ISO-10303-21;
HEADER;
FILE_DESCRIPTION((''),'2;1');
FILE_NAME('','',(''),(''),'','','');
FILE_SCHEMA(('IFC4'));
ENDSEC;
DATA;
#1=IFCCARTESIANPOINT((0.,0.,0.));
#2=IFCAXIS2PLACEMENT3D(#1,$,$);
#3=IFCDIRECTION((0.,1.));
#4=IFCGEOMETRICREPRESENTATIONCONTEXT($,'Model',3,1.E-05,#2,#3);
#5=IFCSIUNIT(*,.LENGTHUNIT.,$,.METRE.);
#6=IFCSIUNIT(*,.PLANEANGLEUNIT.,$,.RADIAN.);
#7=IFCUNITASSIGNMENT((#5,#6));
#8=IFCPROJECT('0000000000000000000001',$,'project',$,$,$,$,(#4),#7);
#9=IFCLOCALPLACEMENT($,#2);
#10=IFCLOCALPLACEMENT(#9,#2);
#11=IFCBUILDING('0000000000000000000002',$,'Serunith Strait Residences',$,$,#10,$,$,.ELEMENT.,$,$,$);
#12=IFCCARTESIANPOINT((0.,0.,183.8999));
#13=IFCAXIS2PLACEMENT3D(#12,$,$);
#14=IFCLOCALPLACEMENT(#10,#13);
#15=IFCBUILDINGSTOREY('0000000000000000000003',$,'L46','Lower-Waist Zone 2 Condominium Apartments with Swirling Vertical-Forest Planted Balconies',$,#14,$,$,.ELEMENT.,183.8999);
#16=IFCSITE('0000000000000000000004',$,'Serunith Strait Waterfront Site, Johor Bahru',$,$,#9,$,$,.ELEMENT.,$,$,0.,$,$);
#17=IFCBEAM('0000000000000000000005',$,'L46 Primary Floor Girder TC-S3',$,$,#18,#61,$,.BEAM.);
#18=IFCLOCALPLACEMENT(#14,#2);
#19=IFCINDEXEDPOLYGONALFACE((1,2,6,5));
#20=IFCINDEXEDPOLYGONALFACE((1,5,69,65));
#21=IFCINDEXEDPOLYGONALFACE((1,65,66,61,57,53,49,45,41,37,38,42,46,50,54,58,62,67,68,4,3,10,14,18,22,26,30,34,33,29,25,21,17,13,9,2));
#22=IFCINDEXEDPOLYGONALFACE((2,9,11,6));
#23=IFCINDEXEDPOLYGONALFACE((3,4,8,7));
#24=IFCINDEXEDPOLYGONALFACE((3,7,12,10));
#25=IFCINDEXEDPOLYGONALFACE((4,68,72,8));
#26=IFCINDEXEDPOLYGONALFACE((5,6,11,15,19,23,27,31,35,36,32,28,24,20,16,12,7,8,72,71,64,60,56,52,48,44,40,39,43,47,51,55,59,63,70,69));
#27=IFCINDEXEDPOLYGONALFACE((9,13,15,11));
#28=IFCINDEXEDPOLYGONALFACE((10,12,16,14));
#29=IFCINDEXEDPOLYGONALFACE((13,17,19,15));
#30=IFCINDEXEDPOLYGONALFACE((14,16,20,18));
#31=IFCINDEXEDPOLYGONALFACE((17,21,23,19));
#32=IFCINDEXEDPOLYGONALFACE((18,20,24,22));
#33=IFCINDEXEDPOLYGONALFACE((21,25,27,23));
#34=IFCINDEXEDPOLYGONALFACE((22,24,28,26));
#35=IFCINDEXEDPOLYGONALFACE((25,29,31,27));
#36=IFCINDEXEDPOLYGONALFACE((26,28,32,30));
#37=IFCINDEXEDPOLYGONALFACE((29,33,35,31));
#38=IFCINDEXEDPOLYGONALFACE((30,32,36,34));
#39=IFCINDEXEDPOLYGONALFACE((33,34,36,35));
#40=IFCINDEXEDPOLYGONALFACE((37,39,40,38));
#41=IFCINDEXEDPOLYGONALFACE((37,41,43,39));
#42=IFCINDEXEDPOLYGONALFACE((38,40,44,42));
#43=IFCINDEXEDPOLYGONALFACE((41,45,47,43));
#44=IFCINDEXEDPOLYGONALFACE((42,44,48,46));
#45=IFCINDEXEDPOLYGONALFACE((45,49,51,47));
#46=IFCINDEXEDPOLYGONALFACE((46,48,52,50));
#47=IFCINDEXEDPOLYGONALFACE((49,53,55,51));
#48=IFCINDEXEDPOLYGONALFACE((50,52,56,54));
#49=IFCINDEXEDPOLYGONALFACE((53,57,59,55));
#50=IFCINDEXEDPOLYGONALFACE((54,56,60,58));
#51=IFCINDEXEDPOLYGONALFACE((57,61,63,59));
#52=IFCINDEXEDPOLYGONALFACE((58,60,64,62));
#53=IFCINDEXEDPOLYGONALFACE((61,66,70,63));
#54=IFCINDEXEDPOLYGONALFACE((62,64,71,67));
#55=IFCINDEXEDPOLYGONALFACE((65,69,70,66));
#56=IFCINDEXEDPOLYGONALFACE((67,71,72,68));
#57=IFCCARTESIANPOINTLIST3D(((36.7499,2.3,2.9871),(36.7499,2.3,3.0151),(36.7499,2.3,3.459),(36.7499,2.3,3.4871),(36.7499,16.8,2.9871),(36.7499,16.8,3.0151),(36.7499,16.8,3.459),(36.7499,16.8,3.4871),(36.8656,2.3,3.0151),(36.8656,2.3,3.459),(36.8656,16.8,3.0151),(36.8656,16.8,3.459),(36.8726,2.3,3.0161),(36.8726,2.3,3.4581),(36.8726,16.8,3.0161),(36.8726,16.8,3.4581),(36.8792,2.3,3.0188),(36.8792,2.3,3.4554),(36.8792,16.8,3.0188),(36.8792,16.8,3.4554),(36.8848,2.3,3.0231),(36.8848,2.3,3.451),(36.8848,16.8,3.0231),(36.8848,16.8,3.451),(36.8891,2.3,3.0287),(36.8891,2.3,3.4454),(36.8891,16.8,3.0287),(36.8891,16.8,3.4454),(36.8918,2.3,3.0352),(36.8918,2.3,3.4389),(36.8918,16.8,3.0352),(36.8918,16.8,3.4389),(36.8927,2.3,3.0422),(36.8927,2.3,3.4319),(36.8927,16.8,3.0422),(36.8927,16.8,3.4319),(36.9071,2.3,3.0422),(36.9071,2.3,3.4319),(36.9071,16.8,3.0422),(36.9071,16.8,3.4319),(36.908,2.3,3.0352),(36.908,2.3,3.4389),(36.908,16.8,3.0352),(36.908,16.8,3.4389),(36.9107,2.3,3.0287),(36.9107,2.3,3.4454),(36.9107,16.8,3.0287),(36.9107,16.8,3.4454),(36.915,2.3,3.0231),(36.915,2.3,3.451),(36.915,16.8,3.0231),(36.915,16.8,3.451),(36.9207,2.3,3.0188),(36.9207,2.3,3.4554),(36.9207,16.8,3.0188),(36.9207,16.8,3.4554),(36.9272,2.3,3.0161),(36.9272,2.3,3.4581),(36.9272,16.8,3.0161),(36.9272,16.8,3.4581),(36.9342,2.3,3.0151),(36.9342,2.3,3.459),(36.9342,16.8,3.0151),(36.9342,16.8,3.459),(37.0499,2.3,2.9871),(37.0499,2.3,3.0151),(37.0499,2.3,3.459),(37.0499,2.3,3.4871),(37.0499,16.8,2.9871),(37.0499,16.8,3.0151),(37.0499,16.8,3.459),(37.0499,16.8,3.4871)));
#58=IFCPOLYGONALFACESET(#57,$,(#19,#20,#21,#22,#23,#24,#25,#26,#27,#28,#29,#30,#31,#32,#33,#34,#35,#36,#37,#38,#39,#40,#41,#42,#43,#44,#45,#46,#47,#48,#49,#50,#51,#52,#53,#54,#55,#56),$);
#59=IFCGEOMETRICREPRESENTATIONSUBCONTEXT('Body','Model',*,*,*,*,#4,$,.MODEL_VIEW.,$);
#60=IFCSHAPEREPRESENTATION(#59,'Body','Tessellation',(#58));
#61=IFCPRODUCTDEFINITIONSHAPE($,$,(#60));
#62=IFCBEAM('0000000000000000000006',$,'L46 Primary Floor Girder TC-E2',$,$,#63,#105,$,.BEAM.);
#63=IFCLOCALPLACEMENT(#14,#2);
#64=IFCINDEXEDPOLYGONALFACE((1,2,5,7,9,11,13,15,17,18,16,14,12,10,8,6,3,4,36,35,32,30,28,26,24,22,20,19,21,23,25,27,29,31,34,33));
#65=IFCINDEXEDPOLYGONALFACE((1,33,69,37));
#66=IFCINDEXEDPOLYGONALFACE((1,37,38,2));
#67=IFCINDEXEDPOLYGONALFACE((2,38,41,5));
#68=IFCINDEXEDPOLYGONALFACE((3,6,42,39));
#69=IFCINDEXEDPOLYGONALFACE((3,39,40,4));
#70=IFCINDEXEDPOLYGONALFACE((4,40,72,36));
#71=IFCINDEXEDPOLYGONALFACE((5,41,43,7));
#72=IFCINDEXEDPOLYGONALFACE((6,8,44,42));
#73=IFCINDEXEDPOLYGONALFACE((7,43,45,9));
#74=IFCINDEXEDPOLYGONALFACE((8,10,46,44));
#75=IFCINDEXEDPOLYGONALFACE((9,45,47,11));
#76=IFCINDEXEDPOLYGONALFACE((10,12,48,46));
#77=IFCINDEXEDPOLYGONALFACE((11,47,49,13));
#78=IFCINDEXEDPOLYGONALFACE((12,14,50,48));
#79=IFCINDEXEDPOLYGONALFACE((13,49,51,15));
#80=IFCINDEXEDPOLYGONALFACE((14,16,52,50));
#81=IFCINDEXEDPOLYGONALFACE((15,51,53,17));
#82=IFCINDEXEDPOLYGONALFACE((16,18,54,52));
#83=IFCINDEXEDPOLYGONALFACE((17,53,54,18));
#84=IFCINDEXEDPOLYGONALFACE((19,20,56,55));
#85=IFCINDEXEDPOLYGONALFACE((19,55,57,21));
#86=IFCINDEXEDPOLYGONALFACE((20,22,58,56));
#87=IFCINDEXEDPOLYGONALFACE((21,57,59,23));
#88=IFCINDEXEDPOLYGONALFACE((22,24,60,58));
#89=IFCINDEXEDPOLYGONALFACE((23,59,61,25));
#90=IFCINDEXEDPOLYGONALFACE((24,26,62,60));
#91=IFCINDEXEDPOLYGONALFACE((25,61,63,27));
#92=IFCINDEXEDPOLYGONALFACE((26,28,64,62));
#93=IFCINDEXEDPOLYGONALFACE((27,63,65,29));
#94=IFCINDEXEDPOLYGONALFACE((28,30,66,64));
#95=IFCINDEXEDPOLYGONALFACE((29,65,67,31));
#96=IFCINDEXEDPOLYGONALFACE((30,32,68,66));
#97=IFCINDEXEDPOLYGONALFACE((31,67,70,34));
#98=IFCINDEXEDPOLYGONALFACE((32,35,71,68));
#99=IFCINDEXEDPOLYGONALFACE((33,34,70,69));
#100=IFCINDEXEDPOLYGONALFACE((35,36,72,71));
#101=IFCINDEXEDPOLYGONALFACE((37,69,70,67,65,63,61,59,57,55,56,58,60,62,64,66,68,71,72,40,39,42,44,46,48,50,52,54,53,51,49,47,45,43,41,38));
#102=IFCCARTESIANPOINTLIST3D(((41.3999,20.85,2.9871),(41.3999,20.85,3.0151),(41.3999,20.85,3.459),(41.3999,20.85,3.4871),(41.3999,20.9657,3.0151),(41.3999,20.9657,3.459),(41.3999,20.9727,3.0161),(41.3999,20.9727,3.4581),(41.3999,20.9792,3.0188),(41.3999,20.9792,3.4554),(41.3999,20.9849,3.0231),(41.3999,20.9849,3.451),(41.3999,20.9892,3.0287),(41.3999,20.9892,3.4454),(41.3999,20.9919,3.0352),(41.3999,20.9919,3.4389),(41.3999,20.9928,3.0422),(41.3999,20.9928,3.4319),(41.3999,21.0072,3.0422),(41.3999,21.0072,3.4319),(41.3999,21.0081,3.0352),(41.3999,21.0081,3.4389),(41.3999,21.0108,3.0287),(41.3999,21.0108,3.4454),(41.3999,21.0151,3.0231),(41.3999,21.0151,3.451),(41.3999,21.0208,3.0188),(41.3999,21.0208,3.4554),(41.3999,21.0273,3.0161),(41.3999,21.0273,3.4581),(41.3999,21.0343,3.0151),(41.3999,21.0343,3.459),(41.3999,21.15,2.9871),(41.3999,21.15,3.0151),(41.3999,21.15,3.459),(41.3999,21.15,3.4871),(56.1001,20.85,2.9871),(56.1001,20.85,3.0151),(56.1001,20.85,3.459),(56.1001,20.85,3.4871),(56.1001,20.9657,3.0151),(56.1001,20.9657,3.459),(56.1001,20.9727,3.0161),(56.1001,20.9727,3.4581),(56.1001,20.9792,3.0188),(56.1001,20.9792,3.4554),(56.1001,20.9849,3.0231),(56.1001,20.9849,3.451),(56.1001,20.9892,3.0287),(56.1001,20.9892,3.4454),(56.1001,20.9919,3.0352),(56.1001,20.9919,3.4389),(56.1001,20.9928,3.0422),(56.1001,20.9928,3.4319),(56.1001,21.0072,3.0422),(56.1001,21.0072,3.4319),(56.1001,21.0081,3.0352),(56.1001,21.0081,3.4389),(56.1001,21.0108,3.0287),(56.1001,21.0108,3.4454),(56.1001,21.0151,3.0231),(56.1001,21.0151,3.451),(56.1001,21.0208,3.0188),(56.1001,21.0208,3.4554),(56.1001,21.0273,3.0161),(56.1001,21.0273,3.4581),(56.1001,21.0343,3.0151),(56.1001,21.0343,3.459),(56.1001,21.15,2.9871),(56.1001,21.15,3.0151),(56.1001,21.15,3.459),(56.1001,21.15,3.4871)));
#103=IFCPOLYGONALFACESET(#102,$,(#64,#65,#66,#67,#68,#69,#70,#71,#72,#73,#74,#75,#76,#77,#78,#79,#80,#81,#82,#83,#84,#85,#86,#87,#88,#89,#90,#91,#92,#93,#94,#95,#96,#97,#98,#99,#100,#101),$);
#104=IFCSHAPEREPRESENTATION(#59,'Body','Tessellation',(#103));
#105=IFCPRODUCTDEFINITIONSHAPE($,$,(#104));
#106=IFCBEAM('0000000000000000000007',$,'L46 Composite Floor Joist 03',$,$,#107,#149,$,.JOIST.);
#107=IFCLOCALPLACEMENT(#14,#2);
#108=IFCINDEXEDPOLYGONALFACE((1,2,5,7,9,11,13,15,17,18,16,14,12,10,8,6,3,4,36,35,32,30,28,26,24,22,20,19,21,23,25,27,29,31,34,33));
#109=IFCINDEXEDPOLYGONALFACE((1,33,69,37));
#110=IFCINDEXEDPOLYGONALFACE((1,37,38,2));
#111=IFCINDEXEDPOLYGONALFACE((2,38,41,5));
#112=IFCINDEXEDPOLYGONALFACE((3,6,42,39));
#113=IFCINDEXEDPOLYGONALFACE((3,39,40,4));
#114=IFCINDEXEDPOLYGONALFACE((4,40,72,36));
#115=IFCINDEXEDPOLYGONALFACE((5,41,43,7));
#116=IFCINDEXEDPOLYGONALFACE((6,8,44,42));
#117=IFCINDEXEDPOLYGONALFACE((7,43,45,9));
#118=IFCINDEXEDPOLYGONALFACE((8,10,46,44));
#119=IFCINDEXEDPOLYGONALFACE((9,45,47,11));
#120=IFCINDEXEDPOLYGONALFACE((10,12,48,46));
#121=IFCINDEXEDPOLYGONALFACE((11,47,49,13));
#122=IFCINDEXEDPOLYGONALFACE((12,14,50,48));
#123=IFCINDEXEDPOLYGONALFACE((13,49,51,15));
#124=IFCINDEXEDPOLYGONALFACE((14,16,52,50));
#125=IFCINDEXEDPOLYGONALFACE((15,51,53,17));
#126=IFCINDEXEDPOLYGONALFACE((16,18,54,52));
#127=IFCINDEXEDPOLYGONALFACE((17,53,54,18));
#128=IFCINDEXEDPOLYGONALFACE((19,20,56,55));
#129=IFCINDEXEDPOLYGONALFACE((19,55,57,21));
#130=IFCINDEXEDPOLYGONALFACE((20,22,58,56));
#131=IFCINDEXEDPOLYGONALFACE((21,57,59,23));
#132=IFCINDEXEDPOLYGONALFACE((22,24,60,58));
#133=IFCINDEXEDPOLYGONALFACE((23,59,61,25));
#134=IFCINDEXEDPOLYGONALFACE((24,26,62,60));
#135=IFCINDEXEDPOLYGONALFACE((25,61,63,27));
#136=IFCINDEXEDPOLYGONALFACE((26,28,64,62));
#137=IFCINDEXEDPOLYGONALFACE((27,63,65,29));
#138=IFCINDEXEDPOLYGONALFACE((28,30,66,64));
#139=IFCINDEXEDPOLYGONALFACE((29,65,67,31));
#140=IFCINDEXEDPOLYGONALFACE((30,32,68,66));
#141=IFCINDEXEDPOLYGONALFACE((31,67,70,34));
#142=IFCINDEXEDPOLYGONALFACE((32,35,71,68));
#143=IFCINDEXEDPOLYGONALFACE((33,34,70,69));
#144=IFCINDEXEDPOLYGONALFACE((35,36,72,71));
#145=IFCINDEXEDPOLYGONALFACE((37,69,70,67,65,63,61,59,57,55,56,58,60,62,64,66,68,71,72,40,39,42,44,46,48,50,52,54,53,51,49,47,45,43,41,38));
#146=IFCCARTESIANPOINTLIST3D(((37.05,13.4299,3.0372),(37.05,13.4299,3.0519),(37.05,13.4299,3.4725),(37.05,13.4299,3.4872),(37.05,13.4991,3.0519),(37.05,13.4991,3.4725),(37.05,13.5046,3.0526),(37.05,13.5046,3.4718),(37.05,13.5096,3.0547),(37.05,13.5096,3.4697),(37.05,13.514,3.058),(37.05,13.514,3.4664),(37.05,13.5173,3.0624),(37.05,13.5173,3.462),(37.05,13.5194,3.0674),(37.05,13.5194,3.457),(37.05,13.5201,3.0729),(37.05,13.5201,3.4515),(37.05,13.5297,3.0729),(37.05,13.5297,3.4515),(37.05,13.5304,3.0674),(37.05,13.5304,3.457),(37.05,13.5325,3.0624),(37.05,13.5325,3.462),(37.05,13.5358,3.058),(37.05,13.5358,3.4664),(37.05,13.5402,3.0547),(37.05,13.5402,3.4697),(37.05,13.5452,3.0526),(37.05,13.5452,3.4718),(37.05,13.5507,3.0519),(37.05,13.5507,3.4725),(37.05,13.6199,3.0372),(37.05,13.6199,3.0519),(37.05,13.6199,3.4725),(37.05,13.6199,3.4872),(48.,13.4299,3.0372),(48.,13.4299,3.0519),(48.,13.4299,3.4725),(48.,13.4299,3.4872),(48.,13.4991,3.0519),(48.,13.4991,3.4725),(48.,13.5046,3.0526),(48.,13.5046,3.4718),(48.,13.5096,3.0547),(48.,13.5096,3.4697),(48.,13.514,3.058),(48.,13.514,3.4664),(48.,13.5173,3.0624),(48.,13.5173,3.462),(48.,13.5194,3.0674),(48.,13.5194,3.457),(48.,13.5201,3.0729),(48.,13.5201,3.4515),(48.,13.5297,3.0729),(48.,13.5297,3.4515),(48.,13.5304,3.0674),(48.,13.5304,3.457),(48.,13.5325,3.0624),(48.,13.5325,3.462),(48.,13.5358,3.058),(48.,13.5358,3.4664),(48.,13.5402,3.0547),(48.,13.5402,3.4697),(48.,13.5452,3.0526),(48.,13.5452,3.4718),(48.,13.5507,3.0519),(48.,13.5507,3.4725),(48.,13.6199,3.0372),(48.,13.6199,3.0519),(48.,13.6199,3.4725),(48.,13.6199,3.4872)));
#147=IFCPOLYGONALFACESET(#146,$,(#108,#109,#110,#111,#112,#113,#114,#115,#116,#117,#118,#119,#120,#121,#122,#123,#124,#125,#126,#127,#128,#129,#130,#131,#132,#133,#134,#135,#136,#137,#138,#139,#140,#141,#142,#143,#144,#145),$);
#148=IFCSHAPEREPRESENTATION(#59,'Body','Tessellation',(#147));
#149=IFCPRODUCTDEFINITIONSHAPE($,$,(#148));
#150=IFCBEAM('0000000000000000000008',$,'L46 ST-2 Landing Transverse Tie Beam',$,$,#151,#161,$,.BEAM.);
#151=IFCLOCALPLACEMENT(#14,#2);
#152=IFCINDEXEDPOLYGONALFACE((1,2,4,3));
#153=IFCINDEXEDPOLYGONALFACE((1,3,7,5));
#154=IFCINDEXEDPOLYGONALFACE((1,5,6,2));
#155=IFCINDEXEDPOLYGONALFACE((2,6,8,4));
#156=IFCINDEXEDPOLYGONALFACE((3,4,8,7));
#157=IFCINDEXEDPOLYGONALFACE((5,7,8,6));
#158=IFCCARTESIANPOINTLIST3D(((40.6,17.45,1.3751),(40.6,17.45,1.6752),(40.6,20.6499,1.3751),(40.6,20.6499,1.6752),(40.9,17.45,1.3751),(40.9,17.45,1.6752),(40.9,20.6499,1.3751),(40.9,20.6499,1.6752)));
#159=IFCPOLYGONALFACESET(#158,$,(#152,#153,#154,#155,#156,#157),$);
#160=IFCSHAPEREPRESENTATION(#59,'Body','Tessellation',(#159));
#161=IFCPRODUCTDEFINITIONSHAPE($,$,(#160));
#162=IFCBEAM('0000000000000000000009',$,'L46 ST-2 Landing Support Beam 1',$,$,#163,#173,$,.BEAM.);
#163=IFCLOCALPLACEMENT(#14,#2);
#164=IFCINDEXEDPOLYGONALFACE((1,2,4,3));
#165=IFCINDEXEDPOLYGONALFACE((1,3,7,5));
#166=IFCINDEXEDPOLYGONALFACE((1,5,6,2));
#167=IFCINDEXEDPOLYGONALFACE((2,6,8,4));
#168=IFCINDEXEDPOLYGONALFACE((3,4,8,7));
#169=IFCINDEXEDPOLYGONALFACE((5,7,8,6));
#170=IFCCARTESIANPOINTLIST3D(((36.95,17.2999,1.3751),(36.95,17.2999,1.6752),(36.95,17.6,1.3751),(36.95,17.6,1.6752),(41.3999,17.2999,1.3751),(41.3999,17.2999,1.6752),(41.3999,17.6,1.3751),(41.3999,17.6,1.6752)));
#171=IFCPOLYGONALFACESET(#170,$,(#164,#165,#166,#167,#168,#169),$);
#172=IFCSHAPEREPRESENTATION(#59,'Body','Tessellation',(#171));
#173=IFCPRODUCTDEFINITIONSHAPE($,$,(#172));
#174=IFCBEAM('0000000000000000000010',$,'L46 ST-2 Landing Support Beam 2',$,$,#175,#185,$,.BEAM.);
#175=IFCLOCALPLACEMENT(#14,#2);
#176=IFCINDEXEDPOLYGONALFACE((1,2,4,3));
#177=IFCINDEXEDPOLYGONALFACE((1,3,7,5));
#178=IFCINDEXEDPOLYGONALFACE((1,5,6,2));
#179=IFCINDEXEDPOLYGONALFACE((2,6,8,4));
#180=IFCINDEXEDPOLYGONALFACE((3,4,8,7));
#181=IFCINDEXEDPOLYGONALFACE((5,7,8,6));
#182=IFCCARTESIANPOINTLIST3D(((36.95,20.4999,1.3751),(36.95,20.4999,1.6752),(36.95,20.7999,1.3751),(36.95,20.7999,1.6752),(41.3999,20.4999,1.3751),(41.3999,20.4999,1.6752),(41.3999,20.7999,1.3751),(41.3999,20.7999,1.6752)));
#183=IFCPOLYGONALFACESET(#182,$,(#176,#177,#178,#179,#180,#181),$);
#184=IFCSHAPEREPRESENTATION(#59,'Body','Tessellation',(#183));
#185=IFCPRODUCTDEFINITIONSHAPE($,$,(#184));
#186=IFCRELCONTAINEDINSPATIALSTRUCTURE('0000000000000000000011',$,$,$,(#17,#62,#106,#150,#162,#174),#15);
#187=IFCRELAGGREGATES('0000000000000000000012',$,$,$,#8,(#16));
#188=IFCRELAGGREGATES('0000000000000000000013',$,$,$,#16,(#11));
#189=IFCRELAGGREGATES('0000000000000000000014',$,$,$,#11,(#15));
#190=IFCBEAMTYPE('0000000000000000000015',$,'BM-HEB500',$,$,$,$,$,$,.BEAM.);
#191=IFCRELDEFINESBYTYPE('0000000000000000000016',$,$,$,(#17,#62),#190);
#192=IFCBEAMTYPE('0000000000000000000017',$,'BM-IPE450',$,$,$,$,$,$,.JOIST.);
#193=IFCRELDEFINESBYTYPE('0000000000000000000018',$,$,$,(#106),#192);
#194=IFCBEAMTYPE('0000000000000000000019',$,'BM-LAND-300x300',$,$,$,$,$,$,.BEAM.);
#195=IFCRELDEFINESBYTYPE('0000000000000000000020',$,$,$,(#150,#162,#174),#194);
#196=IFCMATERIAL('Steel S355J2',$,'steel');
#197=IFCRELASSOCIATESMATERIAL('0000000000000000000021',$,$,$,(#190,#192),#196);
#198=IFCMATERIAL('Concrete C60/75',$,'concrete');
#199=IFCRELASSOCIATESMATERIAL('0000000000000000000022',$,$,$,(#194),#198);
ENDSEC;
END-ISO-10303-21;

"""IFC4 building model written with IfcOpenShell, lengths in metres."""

from ifc_helpers import new_model, si_unit, direction, frame, origin, origin_2d, place, context, subcontext, project, spatial, rectangle, i_section, extrude, source, transform, mapped, material, material_profile, profile_set, type_object, element, save


model = new_model("IFC4")

# Units and contexts
model_context = context("Model", 3, precision=1e-05, world=origin(), true_north=direction((0.0, 1.0)))
body_context = subcontext(model_context, "Body", "Model", "MODEL_VIEW")
ifc_project = project(units=[si_unit("LENGTHUNIT", "METRE"), si_unit("PLANEANGLEUNIT", "RADIAN")], contexts=[model_context])

# Site, building, storey
site_placement = place(None, origin())
site = spatial("IfcSite", under=ifc_project, at=site_placement, Name="Serunith Strait Waterfront Site, Johor Bahru", CompositionType="ELEMENT", RefElevation=0.0)
building_placement = place(site_placement, origin())
building = spatial("IfcBuilding", under=site, at=building_placement, Name="Serunith Strait Residences", CompositionType="ELEMENT")
storey_placement = place(building_placement, frame((0.0, 0.0, 183.8999)))
storey = spatial("IfcBuildingStorey", under=building, at=storey_placement, Name="L46", Description="Lower-Waist Zone 2 Condominium Apartments with Swirling Vertical-Forest Planted Balconies", CompositionType="ELEMENT", Elevation=183.8999)

# Beams
ifc_material_1 = material(Name="Steel S355J2", Category="steel")
ifc_material_profile_1 = material_profile(ifc_material_1, i_section(OverallWidth=0.3, OverallDepth=0.5, WebThickness=0.0144, FlangeThickness=0.0281, FilletRadius=0.0271, at=origin_2d()), Name="HEB 500")
ifc_profile_set_1 = profile_set([ifc_material_profile_1], Name="Steel S355J2")
beam_type_1 = type_object("IfcBeamType", Name="BM-HEB500", PredefinedType="BEAM", material=ifc_profile_set_1)
shared_shape_1 = source(origin(), body_context, "Body", "SweptSolid", [
    extrude(i_section(OverallWidth=0.3, OverallDepth=0.5, WebThickness=0.0144, FlangeThickness=0.0281, FilletRadius=0.0271, at=origin_2d()), origin(), (0.0, 0.0, 1.0), 14.5),
])
beam_1_placement = place(storey_placement, frame((36.8999, 16.8, 3.2371), z_axis=(0.0, -1.0, 0.0), x_axis=(1.0, 0.0, 0.0)))
element("IfcBeam", 1, at=beam_1_placement, inside=storey, type_object=beam_type_1, Name="L46 Primary Floor Girder TC-S3", PredefinedType="BEAM", context=body_context, shape_type="MappedRepresentation", body=[
    mapped(shared_shape_1, transform((0.0, 0.0, 0.0), scale=1.0)),
])
shared_shape_2 = source(origin(), body_context, "Body", "SweptSolid", [
    extrude(i_section(OverallWidth=0.3, OverallDepth=0.5, WebThickness=0.0144, FlangeThickness=0.0281, FilletRadius=0.0271, at=origin_2d()), origin(), (0.0, 0.0, 1.0), 14.7002),
])
beam_2_placement = place(storey_placement, frame((41.3999, 21.0, 3.2371), z_axis=(1.0, 0.0, 0.0), x_axis=(0.0, 1.0, 0.0)))
element("IfcBeam", 2, at=beam_2_placement, inside=storey, type_object=beam_type_1, Name="L46 Primary Floor Girder TC-E2", PredefinedType="BEAM", context=body_context, shape_type="MappedRepresentation", body=[
    mapped(shared_shape_2, transform((0.0, 0.0, 0.0), scale=1.0)),
])
ifc_material_profile_2 = material_profile(ifc_material_1, i_section(OverallWidth=0.1899, OverallDepth=0.45, WebThickness=0.0095, FlangeThickness=0.0146, FilletRadius=0.021, at=origin_2d()), Name="IPE 450")
ifc_profile_set_2 = profile_set([ifc_material_profile_2], Name="Steel S355J2")
beam_type_2 = type_object("IfcBeamType", Name="BM-IPE450", PredefinedType="JOIST", material=ifc_profile_set_2)
shared_shape_3 = source(origin(), body_context, "Body", "SweptSolid", [
    extrude(i_section(OverallWidth=0.1899, OverallDepth=0.45, WebThickness=0.0095, FlangeThickness=0.0146, FilletRadius=0.021, at=origin_2d()), origin(), (0.0, 0.0, 1.0), 10.95),
])
beam_3_placement = place(storey_placement, frame((37.05, 13.5249, 3.2622), z_axis=(1.0, 0.0, 0.0), x_axis=(0.0, 1.0, 0.0)))
element("IfcBeam", 3, at=beam_3_placement, inside=storey, type_object=beam_type_2, Name="L46 Composite Floor Joist 03", PredefinedType="JOIST", context=body_context, shape_type="MappedRepresentation", body=[
    mapped(shared_shape_3, transform((0.0, 0.0, 0.0), scale=1.0)),
])
ifc_material_2 = material(Name="Concrete C60/75", Category="concrete")
ifc_material_profile_3 = material_profile(ifc_material_2, rectangle(XDim=0.3, YDim=0.3, at=origin_2d()), Name="RC 300x300")
ifc_profile_set_3 = profile_set([ifc_material_profile_3], Name="Concrete C60/75")
beam_type_3 = type_object("IfcBeamType", Name="BM-LAND-300x300", PredefinedType="BEAM", material=ifc_profile_set_3)
shared_shape_4 = source(origin(), body_context, "Body", "SweptSolid", [
    extrude(rectangle(XDim=0.3, YDim=0.3, at=origin_2d()), origin(), (0.0, 0.0, 1.0), 3.2),
])
beam_4_placement = place(storey_placement, frame((40.75, 17.45, 1.5251), z_axis=(0.0, 1.0, 0.0), x_axis=(-1.0, 0.0, 0.0)))
element("IfcBeam", 4, at=beam_4_placement, inside=storey, type_object=beam_type_3, Name="L46 ST-2 Landing Transverse Tie Beam", PredefinedType="BEAM", context=body_context, shape_type="MappedRepresentation", body=[
    mapped(shared_shape_4, transform((0.0, 0.0, 0.0), scale=1.0)),
])
shared_shape_5 = source(origin(), body_context, "Body", "SweptSolid", [
    extrude(rectangle(XDim=0.3, YDim=0.3, at=origin_2d()), origin(), (0.0, 0.0, 1.0), 4.45),
])
for number, where, z_axis, x_axis, name in (
    (5, (36.95, 17.45, 1.5251), (1.0, 0.0, 0.0), (0.0, 1.0, 0.0), "L46 ST-2 Landing Support Beam 1"),
    (6, (36.95, 20.6499, 1.5251), (1.0, 0.0, 0.0), (0.0, 1.0, 0.0), "L46 ST-2 Landing Support Beam 2"),
):
    element("IfcBeam", number, at=place(storey_placement, frame(where, z_axis=z_axis, x_axis=x_axis)), inside=storey, type_object=beam_type_3, Name=name, PredefinedType="BEAM", context=body_context, shape_type="MappedRepresentation", body=[
        mapped(shared_shape_5, transform((0.0, 0.0, 0.0), scale=1.0)),
    ])

save(model, "model.ifc")
